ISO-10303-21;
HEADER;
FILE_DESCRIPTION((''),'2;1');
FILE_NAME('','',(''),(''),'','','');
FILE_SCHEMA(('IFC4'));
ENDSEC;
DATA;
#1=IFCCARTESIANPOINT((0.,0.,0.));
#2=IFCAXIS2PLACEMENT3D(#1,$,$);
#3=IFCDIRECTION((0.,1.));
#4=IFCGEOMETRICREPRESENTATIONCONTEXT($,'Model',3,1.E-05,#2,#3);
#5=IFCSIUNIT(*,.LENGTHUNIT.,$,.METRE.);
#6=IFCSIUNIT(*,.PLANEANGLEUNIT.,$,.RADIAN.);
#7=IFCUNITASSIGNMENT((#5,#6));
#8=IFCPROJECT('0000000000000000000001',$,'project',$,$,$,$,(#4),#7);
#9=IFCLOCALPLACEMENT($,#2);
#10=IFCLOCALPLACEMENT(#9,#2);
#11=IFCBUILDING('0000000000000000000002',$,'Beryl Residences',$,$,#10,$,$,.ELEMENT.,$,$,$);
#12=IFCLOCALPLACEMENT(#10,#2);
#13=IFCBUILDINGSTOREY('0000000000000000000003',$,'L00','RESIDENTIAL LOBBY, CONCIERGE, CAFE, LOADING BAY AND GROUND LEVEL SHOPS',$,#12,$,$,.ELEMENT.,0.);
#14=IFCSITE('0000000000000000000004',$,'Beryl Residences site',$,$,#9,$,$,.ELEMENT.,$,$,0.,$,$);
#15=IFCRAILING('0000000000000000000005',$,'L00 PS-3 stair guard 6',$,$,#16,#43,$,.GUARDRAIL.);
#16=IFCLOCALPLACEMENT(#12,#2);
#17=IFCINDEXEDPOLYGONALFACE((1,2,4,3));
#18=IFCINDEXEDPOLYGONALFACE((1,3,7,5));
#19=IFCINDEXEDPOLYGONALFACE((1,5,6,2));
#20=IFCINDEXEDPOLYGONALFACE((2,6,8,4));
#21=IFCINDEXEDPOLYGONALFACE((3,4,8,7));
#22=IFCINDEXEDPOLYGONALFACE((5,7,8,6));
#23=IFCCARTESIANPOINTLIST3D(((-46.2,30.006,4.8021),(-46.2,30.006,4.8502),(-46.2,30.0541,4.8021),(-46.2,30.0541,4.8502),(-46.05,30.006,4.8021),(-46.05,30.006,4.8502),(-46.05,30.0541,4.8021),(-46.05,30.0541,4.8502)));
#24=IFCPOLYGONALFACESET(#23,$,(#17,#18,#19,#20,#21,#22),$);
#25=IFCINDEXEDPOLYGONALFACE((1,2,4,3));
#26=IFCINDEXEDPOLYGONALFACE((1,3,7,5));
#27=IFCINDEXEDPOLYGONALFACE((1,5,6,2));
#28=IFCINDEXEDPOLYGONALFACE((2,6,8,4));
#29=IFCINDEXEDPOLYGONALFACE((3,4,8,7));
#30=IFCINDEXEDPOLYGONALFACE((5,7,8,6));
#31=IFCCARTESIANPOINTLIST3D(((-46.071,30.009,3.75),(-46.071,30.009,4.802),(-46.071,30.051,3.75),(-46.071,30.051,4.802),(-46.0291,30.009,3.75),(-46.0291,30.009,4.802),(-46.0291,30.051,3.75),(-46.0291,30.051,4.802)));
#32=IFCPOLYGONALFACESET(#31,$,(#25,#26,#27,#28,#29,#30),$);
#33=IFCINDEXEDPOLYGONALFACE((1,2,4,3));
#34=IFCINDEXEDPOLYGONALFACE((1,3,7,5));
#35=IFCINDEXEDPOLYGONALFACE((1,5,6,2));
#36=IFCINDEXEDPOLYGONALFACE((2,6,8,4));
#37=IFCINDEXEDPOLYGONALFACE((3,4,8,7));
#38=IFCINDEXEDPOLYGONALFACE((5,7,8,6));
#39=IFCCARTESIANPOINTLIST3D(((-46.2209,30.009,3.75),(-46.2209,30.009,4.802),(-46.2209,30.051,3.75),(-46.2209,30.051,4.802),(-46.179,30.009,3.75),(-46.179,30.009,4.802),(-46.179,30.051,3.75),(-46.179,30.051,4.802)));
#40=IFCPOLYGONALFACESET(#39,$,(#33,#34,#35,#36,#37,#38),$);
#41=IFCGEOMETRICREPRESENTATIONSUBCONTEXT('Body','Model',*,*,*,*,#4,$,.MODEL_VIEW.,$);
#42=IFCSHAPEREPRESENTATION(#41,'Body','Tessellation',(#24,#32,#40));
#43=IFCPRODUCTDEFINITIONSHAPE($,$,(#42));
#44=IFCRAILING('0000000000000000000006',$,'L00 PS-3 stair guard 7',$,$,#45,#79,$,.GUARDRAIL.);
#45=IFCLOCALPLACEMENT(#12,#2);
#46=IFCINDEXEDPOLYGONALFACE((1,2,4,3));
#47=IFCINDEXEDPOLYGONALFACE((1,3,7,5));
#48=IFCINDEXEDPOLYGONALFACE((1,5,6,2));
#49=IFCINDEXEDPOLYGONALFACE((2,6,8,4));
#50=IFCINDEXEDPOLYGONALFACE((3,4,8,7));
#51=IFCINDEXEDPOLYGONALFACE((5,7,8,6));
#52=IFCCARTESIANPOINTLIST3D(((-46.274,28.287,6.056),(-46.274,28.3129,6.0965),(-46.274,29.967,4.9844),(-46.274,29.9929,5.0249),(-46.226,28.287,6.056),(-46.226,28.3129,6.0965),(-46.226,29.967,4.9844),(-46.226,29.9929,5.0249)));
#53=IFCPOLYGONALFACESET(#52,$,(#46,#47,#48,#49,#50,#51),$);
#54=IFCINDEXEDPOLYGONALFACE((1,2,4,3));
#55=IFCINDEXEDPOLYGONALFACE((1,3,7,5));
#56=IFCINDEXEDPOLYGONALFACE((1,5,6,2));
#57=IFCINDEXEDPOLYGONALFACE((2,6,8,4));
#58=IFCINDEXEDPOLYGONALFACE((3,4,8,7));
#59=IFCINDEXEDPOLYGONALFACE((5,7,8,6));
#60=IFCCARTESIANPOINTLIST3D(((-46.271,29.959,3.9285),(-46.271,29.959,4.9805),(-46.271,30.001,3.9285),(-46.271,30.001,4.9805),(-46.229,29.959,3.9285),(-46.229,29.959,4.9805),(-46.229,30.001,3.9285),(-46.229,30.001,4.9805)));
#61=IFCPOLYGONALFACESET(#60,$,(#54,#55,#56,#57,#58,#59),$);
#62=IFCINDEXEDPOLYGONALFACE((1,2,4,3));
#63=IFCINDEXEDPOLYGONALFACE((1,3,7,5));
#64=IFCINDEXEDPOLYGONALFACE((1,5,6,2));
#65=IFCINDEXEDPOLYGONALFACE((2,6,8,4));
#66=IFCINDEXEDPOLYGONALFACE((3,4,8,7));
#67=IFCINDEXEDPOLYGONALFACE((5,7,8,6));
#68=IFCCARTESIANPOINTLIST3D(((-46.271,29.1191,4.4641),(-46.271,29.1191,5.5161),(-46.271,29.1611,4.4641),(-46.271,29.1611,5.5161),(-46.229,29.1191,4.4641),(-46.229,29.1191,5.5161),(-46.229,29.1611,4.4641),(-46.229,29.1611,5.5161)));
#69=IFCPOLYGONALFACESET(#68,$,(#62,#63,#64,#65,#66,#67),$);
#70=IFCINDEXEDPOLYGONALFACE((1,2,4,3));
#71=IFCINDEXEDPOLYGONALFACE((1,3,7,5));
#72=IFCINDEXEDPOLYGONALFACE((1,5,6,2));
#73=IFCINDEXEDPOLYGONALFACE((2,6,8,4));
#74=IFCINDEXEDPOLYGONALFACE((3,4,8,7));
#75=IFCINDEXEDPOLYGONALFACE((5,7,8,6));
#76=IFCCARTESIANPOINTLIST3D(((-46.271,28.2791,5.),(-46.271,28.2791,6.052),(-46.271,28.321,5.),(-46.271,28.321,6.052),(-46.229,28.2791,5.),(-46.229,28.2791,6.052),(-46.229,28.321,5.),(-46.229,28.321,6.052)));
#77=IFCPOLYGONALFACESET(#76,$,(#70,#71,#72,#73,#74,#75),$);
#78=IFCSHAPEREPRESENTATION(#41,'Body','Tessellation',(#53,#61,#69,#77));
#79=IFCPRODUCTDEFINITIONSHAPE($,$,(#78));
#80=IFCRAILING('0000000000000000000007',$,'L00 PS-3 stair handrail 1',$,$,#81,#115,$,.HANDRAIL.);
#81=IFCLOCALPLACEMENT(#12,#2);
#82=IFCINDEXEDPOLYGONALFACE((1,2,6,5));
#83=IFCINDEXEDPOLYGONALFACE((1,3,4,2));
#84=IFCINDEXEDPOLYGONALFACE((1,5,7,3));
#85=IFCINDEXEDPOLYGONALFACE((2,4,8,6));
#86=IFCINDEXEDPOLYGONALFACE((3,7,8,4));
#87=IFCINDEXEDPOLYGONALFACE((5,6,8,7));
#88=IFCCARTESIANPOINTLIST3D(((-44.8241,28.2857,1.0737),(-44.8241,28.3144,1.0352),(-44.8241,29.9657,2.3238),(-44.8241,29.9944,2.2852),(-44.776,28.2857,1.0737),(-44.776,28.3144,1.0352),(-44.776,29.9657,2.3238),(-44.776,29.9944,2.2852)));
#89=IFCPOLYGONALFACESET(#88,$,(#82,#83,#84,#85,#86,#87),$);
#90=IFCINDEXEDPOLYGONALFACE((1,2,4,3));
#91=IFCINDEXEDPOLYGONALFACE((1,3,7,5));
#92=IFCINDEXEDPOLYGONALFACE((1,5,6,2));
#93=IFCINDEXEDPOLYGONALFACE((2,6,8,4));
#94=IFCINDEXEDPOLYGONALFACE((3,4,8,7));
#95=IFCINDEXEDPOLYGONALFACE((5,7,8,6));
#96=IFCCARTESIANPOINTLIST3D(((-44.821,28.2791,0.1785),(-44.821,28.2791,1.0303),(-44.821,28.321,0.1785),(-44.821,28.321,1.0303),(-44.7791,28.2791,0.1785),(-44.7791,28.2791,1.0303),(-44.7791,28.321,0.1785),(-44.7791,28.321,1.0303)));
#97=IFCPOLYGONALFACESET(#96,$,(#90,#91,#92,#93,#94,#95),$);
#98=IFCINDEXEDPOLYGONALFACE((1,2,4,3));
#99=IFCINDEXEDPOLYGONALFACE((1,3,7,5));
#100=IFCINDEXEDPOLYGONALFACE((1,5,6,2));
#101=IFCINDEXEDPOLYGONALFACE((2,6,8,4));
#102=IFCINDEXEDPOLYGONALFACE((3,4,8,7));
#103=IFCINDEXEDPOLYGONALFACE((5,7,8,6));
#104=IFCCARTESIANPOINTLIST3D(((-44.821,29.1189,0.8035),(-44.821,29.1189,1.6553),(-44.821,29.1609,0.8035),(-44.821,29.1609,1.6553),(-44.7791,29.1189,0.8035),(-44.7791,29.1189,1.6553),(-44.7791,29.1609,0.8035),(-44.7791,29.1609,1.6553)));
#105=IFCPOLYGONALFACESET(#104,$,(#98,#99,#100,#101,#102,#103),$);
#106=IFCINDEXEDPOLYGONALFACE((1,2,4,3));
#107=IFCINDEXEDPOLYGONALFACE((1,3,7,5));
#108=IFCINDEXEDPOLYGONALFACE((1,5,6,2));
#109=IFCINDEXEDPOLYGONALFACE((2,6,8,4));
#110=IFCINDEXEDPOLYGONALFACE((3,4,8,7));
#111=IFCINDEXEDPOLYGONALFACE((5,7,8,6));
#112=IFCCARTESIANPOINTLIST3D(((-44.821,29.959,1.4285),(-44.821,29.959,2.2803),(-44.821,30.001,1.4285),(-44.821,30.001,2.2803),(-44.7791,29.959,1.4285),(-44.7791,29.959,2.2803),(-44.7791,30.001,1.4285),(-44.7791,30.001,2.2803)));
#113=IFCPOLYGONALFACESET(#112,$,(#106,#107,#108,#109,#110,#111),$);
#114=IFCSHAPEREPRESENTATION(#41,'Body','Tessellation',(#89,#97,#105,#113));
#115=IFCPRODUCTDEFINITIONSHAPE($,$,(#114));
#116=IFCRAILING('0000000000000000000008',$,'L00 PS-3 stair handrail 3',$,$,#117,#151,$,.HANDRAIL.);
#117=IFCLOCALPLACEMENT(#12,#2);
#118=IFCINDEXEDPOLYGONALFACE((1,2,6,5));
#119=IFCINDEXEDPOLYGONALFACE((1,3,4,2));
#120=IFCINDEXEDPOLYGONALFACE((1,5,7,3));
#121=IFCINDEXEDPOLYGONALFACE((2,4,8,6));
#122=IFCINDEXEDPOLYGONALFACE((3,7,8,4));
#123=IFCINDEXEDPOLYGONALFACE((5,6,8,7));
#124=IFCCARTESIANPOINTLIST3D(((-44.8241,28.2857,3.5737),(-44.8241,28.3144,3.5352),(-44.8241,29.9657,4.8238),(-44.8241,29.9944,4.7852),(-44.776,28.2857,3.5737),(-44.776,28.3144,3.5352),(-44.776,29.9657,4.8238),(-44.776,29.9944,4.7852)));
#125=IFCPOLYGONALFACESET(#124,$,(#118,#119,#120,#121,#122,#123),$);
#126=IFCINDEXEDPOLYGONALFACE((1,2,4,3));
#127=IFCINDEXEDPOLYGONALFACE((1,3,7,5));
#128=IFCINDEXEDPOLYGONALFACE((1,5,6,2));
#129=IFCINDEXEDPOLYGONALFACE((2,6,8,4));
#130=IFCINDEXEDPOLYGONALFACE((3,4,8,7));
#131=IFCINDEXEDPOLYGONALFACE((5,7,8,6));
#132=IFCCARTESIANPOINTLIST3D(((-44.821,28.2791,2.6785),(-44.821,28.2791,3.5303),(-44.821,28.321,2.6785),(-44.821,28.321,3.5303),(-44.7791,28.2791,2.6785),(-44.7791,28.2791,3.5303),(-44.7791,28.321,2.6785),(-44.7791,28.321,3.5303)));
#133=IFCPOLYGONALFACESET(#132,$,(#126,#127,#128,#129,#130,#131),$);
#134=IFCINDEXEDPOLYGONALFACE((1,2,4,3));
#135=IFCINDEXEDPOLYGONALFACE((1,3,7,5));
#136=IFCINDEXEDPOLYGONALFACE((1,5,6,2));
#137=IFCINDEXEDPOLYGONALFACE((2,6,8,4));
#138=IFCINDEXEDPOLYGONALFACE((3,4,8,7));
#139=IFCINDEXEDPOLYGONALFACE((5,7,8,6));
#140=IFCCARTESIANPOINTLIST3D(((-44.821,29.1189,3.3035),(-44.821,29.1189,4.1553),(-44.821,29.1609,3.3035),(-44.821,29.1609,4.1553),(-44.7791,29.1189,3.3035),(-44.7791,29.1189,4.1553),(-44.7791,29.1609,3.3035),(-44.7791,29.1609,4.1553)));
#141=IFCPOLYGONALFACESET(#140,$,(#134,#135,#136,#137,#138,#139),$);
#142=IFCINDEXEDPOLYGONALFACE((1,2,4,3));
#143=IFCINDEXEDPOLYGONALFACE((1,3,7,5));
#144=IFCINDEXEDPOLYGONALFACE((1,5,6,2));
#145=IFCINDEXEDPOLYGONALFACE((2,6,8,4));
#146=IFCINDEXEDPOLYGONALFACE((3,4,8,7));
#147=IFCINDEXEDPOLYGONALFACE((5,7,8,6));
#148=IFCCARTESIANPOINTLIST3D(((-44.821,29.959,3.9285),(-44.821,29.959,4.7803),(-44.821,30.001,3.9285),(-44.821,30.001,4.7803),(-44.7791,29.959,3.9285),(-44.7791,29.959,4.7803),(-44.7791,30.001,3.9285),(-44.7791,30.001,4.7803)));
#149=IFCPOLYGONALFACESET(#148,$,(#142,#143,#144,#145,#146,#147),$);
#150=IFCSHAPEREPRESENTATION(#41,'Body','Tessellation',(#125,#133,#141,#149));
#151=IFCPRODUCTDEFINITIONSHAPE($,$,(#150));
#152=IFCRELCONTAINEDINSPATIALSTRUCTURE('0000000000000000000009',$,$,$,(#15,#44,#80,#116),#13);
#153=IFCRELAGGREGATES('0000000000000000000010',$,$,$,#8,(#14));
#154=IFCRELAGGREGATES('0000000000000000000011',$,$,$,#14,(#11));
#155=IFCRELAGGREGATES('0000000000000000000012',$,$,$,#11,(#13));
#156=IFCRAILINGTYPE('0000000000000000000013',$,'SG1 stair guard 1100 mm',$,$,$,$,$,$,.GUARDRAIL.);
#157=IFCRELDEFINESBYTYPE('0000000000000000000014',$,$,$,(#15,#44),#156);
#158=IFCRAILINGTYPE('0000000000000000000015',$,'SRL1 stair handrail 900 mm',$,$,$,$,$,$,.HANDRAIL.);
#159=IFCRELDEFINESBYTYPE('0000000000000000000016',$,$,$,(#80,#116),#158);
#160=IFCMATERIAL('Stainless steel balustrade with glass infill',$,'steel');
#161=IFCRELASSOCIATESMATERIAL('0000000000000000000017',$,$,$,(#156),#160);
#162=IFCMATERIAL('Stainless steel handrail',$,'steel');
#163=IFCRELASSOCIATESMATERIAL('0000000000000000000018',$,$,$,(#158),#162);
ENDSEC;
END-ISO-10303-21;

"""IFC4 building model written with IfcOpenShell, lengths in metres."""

from ifc_helpers import new_model, si_unit, direction, frame, origin, origin_2d, place, context, subcontext, project, spatial, rectangle, extrude, material, type_object, element, save


model = new_model("IFC4")

# Units and contexts
model_context = context("Model", 3, precision=1e-05, world=origin(), true_north=direction((0.0, 1.0)))
body_context = subcontext(model_context, "Body", "Model", "MODEL_VIEW")
ifc_project = project(units=[si_unit("LENGTHUNIT", "METRE"), si_unit("PLANEANGLEUNIT", "RADIAN")], contexts=[model_context])

# Site, building, storey
site_placement = place(None, origin())
site = spatial("IfcSite", under=ifc_project, at=site_placement, Name="Beryl Residences site", CompositionType="ELEMENT", RefElevation=0.0)
building_placement = place(site_placement, origin())
building = spatial("IfcBuilding", under=site, at=building_placement, Name="Beryl Residences", CompositionType="ELEMENT")
storey_placement = place(building_placement, origin())
storey = spatial("IfcBuildingStorey", under=building, at=storey_placement, Name="L00", Description="RESIDENTIAL LOBBY, CONCIERGE, CAFE, LOADING BAY AND GROUND LEVEL SHOPS", CompositionType="ELEMENT", Elevation=0.0)

# Railings
ifc_material_1 = material(Name="Stainless steel balustrade with glass infill", Category="steel")
railing_type_1 = type_object("IfcRailingType", Name="SG1 stair guard 1100 mm", PredefinedType="GUARDRAIL", material=ifc_material_1)
railing_1_placement = place(storey_placement, frame((-46.05, 30.03, 3.75)))
element("IfcRailing", 1, at=railing_1_placement, inside=storey, type_object=railing_type_1, Name="L00 PS-3 stair guard 6", PredefinedType="GUARDRAIL", context=body_context, shape_type="SweptSolid", body=[
    extrude(rectangle(XDim=0.0481, YDim=0.0481, at=origin_2d()), frame((0.0, 0.0, 1.0762), z_axis=(-1.0, 0.0, 0.0), x_axis=(0.0, -1.0, 0.0)), (0.0, 0.0, 1.0), 0.1499),
    extrude(rectangle(XDim=0.042, YDim=0.042, at=origin_2d()), origin(), (0.0, 0.0, 1.0), 1.052),
    extrude(rectangle(XDim=0.042, YDim=0.042, at=origin_2d()), frame((-0.1499, 0.0, 0.0)), (0.0, 0.0, 1.0), 1.052),
])
railing_2_placement = place(storey_placement, frame((-46.25, 29.98, 3.9285)))
element("IfcRailing", 2, at=railing_2_placement, inside=storey, type_object=railing_type_1, Name="L00 PS-3 stair guard 7", PredefinedType="GUARDRAIL", context=body_context, shape_type="SweptSolid", body=[
    extrude(rectangle(XDim=0.0481, YDim=0.0481, at=origin_2d()), frame((0.0, 0.0, 1.0762), z_axis=(0.0, -0.843096, 0.537763), x_axis=(1.0, 0.0, 0.0)), (0.0, 0.0, 1.0), 1.9927),
    extrude(rectangle(XDim=0.042, YDim=0.042, at=origin_2d()), origin(), (0.0, 0.0, 1.0), 1.052),
    extrude(rectangle(XDim=0.042, YDim=0.042, at=origin_2d()), frame((0.0, -0.8398, 0.5356)), (0.0, 0.0, 1.0), 1.052),
    extrude(rectangle(XDim=0.042, YDim=0.042, at=origin_2d()), frame((0.0, -1.6799, 1.0715)), (0.0, 0.0, 1.0), 1.052),
])
ifc_material_2 = material(Name="Stainless steel handrail", Category="steel")
railing_type_2 = type_object("IfcRailingType", Name="SRL1 stair handrail 900 mm", PredefinedType="HANDRAIL", material=ifc_material_2)
for number, where, name in (
    (3, (-44.8, 28.3, 0.1785), "L00 PS-3 stair handrail 1"),
    (4, (-44.8, 28.3, 2.6785), "L00 PS-3 stair handrail 3"),
):
    element("IfcRailing", number, at=place(storey_placement, frame(where)), inside=storey, type_object=railing_type_2, Name=name, PredefinedType="HANDRAIL", context=body_context, shape_type="SweptSolid", body=[
        extrude(rectangle(XDim=0.0481, YDim=0.0481, at=origin_2d()), frame((0.0, 0.0, 0.876), z_axis=(0.0, 0.802275, 0.596955), x_axis=(-1.0, 0.0, 0.0)), (0.0, 0.0, 1.0), 2.094),
        extrude(rectangle(XDim=0.042, YDim=0.042, at=origin_2d()), origin(), (0.0, 0.0, 1.0), 0.8518),
        extrude(rectangle(XDim=0.042, YDim=0.042, at=origin_2d()), frame((0.0, 0.8398, 0.625)), (0.0, 0.0, 1.0), 0.8518),
        extrude(rectangle(XDim=0.042, YDim=0.042, at=origin_2d()), frame((0.0, 1.6799, 1.25)), (0.0, 0.0, 1.0), 0.8518),
    ])

save(model, "model.ifc")
